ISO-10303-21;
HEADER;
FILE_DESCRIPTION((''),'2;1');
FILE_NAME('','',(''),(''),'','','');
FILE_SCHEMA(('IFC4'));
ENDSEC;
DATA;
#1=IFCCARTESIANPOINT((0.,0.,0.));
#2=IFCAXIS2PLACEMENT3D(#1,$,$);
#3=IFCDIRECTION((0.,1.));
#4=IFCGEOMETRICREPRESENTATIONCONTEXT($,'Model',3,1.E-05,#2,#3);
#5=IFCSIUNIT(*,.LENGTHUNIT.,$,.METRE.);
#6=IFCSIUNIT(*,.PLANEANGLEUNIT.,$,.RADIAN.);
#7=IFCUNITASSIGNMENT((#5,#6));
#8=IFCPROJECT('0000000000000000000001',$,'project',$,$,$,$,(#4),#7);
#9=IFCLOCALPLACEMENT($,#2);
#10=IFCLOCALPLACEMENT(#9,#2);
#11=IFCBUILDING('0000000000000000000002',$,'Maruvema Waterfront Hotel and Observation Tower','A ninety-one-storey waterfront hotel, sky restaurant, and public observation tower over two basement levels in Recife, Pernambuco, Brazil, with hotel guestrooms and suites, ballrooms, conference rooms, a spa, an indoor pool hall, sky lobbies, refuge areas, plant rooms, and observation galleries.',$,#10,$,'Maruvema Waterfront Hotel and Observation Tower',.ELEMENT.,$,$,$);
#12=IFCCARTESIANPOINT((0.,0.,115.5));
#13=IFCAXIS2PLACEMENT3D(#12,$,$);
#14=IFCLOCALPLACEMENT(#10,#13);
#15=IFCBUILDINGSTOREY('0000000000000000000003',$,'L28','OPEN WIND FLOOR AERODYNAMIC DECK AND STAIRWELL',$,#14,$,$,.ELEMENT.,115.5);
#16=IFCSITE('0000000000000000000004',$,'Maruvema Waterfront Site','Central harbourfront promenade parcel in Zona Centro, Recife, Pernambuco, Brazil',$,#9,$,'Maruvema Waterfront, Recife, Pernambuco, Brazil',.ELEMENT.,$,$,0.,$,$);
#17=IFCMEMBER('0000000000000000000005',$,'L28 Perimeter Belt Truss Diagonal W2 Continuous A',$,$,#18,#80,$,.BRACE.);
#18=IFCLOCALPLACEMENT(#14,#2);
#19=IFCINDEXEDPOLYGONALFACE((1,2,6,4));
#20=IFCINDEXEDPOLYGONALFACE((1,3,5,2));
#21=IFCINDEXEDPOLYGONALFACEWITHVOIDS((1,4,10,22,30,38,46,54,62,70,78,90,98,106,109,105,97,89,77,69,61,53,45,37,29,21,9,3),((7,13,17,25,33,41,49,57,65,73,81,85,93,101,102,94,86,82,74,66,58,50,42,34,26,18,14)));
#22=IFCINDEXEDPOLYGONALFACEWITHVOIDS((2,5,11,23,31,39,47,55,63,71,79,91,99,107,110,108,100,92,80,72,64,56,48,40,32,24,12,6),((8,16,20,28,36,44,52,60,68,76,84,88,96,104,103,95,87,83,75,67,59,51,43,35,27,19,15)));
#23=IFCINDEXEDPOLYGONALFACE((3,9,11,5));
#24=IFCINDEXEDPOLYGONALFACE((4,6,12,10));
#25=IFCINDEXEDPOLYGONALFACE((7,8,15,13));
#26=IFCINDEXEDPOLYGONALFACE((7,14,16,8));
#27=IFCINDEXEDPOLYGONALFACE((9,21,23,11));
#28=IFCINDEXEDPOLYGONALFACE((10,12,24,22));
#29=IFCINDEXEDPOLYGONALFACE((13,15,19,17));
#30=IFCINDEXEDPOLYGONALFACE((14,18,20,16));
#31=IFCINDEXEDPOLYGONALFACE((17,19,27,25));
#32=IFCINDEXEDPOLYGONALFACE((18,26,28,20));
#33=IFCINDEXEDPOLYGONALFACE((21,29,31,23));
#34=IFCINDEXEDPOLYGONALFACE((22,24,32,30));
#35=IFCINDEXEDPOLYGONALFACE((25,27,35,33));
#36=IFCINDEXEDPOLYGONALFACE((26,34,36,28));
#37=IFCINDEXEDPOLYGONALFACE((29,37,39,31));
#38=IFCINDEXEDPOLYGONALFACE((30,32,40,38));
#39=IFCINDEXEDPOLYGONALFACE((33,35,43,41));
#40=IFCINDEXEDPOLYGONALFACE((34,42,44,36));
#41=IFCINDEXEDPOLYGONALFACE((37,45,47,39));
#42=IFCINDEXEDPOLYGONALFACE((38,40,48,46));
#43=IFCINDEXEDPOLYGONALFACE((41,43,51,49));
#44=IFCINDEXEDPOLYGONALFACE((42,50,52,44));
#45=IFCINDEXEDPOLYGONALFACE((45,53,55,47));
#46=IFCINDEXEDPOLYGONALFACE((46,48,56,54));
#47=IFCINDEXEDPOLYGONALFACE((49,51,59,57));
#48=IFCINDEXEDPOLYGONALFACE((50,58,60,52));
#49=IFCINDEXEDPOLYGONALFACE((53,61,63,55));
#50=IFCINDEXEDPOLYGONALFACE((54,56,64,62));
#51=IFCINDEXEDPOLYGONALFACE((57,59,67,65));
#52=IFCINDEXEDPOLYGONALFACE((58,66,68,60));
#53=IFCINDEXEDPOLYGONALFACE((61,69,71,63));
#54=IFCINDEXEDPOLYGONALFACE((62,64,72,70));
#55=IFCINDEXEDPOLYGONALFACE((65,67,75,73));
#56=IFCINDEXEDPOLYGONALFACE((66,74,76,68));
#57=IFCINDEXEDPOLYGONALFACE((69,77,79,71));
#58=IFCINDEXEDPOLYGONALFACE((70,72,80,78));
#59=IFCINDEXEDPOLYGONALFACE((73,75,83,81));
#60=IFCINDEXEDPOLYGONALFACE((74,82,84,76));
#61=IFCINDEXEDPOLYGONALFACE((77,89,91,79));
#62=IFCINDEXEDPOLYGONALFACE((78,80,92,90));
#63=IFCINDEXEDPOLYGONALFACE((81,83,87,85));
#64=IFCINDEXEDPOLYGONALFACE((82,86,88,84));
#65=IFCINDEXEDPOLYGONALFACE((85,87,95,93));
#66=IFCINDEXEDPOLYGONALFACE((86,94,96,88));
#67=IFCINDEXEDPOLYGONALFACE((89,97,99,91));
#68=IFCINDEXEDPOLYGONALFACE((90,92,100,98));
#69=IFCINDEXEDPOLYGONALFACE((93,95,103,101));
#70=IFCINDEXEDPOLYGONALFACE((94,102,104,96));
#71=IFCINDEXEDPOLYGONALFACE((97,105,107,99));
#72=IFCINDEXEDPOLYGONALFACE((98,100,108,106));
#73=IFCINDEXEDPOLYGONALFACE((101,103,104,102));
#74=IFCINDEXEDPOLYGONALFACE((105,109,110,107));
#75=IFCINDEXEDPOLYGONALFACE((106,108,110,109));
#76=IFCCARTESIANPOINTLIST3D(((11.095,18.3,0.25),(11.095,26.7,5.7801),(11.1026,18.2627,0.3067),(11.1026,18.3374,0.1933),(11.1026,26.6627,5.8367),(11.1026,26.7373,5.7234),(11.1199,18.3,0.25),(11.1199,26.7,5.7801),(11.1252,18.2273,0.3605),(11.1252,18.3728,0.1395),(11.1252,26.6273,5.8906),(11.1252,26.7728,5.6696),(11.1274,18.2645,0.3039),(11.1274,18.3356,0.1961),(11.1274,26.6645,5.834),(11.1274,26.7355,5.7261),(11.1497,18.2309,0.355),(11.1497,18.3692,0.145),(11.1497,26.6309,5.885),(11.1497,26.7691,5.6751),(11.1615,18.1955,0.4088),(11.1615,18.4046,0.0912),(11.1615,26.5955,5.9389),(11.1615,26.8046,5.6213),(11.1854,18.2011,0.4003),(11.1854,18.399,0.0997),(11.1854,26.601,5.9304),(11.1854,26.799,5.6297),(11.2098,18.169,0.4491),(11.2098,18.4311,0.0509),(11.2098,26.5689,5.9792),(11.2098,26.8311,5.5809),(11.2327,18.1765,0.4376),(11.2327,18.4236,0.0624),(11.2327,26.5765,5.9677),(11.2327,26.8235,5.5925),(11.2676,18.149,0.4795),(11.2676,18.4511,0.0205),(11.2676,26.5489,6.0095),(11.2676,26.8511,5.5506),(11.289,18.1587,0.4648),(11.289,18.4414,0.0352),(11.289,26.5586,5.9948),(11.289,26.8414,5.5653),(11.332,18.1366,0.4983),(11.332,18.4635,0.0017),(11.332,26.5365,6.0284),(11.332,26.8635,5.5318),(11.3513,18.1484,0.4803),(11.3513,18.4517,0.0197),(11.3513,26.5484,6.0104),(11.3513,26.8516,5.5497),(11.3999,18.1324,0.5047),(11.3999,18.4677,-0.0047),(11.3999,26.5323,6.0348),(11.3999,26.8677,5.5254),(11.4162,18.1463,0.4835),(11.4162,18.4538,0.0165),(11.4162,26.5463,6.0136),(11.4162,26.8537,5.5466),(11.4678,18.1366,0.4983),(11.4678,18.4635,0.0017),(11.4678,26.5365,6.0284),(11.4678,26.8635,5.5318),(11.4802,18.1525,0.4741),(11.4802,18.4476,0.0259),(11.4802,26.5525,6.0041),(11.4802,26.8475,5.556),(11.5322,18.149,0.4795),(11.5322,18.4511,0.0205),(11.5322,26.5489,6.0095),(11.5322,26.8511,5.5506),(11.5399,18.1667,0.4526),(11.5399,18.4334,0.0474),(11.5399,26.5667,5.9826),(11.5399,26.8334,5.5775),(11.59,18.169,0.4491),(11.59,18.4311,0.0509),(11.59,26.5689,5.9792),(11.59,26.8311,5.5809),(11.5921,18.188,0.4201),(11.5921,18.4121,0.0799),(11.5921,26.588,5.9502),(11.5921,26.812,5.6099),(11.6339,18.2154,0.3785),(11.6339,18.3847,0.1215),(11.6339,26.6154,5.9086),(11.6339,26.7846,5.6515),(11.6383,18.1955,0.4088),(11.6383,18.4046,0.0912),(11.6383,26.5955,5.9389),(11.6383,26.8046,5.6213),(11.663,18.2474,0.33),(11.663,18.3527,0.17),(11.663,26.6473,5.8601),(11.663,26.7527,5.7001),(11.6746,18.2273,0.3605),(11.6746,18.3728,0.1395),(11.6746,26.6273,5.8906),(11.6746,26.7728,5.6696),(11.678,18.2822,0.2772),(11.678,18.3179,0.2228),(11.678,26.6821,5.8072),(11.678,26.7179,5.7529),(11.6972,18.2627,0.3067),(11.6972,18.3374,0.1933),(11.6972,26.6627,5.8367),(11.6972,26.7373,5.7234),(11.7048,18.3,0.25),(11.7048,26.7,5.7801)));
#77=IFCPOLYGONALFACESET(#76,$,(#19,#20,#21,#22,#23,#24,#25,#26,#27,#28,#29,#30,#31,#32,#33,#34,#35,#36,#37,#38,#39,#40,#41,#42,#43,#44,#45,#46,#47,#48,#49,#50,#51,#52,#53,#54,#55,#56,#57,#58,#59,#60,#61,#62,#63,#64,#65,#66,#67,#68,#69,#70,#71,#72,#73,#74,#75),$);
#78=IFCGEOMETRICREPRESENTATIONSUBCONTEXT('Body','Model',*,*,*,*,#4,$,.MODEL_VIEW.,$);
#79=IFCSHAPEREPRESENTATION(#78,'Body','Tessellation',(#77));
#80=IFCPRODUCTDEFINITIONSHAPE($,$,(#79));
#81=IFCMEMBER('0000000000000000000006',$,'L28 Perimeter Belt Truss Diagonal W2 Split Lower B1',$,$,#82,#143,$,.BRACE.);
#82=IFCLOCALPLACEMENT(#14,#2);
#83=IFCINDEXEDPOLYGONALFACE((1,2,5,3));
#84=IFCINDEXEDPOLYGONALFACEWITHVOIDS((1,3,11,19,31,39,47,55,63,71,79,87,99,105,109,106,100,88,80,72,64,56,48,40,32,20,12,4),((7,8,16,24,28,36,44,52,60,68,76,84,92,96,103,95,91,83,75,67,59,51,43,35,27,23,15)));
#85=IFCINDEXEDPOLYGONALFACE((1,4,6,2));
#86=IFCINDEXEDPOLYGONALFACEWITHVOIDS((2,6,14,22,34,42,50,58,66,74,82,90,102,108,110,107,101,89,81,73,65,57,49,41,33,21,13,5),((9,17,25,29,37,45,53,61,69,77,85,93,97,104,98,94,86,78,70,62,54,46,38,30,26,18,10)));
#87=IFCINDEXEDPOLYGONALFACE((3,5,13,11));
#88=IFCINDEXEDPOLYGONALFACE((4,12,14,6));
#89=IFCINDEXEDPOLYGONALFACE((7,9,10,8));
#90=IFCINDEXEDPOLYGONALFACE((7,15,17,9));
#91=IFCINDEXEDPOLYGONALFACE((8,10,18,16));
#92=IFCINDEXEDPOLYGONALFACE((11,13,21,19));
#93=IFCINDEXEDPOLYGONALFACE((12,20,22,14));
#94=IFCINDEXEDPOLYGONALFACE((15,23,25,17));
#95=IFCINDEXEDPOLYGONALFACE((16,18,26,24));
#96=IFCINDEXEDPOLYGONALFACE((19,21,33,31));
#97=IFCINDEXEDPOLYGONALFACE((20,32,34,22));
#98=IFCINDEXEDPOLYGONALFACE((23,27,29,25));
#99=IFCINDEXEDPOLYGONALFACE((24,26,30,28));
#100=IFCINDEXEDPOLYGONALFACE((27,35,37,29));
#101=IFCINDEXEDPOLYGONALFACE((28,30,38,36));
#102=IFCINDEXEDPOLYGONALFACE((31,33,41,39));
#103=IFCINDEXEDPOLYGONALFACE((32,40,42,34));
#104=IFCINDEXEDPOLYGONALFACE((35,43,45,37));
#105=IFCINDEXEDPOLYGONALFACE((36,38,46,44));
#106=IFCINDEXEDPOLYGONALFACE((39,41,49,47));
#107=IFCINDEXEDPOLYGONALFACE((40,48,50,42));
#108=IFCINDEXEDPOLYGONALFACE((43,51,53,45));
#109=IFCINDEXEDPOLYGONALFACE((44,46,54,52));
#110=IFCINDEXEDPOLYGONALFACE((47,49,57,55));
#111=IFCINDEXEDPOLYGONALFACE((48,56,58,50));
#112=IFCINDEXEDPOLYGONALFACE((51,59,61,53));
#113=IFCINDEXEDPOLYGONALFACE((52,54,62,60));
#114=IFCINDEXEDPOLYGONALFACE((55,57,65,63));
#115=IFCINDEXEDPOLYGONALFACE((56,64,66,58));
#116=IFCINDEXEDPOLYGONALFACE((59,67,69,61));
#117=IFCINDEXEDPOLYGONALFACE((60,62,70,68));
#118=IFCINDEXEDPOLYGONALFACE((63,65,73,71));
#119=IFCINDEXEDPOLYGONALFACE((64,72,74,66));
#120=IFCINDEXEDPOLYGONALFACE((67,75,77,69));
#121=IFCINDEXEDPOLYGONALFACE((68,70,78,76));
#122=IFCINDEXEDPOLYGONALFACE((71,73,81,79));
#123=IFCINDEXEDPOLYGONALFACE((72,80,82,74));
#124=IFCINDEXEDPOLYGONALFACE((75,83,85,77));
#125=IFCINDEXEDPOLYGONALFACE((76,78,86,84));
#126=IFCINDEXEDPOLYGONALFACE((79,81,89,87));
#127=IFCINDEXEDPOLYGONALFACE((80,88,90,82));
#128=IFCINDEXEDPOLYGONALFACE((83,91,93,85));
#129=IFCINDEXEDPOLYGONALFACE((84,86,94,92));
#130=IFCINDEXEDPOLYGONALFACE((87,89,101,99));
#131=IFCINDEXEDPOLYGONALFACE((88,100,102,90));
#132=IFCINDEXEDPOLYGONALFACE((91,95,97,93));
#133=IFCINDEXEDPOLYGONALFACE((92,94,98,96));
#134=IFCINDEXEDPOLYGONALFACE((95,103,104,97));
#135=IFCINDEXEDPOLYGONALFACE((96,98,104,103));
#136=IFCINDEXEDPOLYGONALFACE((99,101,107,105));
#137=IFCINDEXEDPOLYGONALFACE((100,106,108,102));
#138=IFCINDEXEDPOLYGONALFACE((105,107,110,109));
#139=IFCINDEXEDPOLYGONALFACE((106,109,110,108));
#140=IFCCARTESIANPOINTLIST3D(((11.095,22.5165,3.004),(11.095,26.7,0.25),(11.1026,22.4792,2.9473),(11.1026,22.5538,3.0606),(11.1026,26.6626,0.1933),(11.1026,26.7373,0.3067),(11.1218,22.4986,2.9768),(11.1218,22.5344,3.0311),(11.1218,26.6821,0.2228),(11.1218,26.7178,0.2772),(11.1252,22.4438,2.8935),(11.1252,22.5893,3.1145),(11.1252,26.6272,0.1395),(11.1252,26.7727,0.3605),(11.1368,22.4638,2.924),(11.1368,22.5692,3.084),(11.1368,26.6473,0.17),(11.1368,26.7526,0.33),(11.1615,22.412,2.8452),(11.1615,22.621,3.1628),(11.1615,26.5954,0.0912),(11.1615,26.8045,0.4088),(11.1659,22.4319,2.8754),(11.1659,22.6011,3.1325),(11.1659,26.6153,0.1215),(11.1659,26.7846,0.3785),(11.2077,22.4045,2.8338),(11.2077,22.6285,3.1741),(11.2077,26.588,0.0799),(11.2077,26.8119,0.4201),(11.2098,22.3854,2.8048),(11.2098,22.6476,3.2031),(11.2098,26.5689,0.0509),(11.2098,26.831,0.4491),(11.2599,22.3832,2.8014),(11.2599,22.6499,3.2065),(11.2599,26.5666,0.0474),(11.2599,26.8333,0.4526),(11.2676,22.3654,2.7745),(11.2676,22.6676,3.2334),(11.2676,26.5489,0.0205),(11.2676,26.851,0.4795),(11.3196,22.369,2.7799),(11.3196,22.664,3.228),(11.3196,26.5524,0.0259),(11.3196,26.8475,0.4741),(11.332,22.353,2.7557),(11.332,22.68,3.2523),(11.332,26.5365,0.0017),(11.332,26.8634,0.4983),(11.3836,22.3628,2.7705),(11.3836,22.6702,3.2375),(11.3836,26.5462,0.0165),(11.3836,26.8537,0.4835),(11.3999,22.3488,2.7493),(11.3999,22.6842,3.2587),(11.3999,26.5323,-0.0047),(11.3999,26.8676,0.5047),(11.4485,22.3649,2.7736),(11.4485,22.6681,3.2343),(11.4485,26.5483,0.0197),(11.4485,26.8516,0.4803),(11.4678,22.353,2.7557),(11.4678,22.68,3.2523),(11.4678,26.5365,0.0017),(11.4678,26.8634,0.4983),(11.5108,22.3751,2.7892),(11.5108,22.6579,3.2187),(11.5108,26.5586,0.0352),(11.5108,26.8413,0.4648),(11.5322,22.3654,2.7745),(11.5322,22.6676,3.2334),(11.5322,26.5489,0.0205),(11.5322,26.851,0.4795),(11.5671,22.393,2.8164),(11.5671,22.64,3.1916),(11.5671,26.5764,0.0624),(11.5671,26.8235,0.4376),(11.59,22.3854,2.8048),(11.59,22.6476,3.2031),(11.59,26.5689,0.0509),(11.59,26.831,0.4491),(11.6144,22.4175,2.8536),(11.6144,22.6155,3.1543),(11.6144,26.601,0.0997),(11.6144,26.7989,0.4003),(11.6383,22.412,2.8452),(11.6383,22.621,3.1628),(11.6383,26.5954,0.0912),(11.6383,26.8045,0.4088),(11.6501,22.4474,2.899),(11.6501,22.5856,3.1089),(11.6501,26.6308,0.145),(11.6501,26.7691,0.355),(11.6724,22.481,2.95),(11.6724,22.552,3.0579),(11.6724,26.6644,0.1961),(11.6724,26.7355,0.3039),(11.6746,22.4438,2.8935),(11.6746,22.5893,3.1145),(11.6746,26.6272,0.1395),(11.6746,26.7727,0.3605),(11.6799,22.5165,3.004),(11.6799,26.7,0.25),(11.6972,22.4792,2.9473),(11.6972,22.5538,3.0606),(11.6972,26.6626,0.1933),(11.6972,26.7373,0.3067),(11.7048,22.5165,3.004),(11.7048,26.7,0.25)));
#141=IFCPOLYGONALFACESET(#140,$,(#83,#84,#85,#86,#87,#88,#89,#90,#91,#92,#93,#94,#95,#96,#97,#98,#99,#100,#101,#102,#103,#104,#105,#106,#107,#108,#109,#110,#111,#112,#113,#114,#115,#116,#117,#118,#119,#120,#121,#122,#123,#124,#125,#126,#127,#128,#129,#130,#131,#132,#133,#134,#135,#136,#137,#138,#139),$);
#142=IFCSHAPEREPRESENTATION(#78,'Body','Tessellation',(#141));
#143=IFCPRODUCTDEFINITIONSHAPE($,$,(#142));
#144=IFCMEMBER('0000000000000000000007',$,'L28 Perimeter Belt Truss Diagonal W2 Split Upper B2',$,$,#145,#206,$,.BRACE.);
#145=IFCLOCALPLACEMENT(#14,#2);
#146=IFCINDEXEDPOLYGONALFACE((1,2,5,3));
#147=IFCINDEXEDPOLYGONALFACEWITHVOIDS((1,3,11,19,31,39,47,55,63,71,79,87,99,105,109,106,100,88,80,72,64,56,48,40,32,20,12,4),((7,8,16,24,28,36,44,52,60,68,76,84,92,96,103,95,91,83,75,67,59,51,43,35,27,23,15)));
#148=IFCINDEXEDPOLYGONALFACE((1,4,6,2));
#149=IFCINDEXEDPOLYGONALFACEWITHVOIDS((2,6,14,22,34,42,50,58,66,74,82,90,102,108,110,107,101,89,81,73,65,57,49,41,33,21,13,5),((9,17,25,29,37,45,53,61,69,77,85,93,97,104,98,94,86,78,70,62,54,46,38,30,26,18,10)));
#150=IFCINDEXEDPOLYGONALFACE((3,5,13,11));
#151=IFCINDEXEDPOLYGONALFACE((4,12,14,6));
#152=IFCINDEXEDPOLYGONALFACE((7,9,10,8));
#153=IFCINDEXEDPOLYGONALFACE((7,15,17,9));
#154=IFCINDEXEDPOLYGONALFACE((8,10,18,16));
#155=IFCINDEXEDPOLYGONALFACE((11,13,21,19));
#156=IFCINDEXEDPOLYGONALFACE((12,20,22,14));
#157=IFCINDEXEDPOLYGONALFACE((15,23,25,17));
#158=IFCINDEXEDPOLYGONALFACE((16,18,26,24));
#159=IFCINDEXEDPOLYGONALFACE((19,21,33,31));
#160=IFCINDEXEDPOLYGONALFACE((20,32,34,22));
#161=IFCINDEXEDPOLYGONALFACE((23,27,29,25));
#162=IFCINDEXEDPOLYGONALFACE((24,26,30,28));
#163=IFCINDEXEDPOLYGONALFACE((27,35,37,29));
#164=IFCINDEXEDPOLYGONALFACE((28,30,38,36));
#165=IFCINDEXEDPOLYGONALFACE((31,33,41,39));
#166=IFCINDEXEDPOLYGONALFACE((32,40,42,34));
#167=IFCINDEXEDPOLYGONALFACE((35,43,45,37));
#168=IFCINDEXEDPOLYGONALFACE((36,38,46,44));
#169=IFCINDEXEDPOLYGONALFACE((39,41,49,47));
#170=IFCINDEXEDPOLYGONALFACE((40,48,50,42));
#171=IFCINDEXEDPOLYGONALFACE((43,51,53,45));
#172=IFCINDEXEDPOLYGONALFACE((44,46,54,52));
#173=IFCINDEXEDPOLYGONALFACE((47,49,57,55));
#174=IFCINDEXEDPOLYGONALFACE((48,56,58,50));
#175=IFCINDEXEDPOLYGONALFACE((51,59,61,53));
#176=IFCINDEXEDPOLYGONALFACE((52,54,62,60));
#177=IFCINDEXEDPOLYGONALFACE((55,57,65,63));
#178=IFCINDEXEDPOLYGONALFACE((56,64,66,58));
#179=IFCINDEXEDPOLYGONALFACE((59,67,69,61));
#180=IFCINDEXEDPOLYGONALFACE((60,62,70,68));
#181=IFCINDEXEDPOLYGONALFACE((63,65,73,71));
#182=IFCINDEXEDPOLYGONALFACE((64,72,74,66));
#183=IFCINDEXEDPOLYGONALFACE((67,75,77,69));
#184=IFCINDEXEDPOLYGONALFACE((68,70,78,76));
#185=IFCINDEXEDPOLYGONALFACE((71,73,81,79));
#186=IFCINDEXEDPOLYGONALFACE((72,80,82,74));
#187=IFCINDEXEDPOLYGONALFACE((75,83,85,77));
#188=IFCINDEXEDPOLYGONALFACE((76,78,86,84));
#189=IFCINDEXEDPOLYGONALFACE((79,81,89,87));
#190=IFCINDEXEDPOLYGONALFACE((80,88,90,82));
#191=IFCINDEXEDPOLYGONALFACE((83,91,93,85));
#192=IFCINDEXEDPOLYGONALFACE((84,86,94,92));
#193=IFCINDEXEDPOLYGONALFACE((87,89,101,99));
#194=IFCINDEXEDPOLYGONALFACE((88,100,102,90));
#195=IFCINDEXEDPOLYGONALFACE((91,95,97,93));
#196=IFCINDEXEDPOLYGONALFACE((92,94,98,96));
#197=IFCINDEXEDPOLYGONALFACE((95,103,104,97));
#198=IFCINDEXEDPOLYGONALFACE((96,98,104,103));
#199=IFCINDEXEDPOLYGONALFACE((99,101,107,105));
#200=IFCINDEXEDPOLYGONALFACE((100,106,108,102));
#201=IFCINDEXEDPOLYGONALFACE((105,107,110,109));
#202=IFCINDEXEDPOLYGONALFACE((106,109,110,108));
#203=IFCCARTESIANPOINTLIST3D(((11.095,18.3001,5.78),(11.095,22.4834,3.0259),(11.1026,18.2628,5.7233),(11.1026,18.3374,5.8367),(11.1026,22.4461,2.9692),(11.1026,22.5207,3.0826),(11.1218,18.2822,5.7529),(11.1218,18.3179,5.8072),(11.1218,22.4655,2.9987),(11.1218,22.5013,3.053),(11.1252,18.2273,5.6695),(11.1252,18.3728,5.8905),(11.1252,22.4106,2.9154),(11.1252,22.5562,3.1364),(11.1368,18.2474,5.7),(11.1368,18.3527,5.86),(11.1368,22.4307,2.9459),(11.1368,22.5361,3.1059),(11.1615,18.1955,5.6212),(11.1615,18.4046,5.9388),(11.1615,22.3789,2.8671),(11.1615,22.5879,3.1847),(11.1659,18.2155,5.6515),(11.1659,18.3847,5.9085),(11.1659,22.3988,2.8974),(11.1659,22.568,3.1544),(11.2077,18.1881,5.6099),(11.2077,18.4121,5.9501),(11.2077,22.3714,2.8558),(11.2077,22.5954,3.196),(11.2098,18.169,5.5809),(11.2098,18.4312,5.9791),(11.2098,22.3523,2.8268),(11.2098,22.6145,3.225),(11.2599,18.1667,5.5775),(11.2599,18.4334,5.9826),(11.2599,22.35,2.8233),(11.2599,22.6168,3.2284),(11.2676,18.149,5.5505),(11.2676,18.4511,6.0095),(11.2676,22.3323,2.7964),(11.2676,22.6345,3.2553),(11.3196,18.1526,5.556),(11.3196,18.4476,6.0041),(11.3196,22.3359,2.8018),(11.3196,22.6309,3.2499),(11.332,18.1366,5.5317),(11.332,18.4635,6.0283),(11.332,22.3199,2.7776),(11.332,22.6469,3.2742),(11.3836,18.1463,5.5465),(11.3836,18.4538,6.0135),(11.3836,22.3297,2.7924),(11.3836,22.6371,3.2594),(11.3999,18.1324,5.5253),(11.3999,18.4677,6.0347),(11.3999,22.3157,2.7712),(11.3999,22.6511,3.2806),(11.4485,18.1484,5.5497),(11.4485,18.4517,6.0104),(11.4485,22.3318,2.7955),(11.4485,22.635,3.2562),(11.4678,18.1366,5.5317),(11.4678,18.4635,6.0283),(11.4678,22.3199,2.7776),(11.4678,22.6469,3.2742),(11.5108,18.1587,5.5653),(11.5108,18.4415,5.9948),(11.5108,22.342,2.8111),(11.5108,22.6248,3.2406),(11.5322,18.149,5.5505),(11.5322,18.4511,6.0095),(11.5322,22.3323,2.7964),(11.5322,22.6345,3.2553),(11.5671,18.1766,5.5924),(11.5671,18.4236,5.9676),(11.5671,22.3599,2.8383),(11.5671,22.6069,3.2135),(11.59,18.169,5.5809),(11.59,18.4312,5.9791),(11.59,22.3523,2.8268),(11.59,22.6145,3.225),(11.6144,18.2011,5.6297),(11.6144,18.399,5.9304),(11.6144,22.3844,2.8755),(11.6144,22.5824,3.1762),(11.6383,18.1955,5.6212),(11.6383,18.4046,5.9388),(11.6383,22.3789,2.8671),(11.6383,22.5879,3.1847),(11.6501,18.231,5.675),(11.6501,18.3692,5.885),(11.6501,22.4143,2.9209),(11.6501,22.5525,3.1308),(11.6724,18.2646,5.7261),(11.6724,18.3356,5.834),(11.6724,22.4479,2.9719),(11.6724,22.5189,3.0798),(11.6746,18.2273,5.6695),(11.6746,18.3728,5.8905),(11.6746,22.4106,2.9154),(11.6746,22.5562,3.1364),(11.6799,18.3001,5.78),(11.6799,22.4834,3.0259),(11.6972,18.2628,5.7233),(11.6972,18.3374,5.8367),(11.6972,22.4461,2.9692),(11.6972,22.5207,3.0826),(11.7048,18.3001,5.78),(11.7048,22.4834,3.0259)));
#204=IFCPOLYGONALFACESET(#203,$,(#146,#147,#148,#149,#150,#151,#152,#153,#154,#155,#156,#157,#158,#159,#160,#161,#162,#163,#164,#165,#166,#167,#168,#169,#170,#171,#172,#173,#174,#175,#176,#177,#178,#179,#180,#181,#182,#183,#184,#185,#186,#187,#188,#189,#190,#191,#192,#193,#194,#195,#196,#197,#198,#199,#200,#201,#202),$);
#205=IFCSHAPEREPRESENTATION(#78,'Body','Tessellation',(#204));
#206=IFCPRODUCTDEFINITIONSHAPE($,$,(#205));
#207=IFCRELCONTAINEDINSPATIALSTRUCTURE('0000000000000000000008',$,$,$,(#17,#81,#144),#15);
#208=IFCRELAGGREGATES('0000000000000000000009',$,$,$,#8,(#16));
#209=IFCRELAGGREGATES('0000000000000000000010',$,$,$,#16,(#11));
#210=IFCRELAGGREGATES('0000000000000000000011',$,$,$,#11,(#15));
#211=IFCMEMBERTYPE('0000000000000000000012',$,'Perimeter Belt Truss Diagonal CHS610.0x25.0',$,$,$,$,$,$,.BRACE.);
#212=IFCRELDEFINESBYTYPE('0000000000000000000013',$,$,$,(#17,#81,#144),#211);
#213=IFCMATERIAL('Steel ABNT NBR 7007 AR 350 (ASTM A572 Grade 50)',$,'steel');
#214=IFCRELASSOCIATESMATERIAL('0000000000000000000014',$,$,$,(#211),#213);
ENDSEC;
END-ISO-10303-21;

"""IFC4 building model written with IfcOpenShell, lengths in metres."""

from ifc_helpers import new_model, si_unit, direction, frame, origin, origin_2d, place, context, subcontext, project, spatial, hollow_circle, extrude, material, material_profile, profile_set, type_object, element, save


model = new_model("IFC4")

# Units and contexts
model_context = context("Model", 3, precision=1e-05, world=origin(), true_north=direction((0.0, 1.0)))
body_context = subcontext(model_context, "Body", "Model", "MODEL_VIEW")
ifc_project = project(units=[si_unit("LENGTHUNIT", "METRE"), si_unit("PLANEANGLEUNIT", "RADIAN")], contexts=[model_context])

# Site, building, storey
site_placement = place(None, origin())
site = spatial("IfcSite", under=ifc_project, at=site_placement, Name="Maruvema Waterfront Site", Description="Central harbourfront promenade parcel in Zona Centro, Recife, Pernambuco, Brazil", LongName="Maruvema Waterfront, Recife, Pernambuco, Brazil", CompositionType="ELEMENT", RefElevation=0.0)
building_placement = place(site_placement, origin())
building = spatial("IfcBuilding", under=site, at=building_placement, Name="Maruvema Waterfront Hotel and Observation Tower", Description="A ninety-one-storey waterfront hotel, sky restaurant, and public observation tower over two basement levels in Recife, Pernambuco, Brazil, with hotel guestrooms and suites, ballrooms, conference rooms, a spa, an indoor pool hall, sky lobbies, refuge areas, plant rooms, and observation galleries.", LongName="Maruvema Waterfront Hotel and Observation Tower", CompositionType="ELEMENT")
storey_placement = place(building_placement, frame((0.0, 0.0, 115.5)))
storey = spatial("IfcBuildingStorey", under=building, at=storey_placement, Name="L28", Description="OPEN WIND FLOOR AERODYNAMIC DECK AND STAIRWELL", CompositionType="ELEMENT", Elevation=115.5)

# Members
ifc_material_1 = material(Name="Steel ABNT NBR 7007 AR 350 (ASTM A572 Grade 50)", Category="steel")
ifc_material_profile_1 = material_profile(ifc_material_1, hollow_circle(Radius=0.3049, WallThickness=0.0249, at=origin_2d()), Name="CHS610.0x25.0")
ifc_profile_set_1 = profile_set([ifc_material_profile_1], Name="Steel ABNT NBR 7007 AR 350 (ASTM A572 Grade 50)")
member_type_1 = type_object("IfcMemberType", Name="Perimeter Belt Truss Diagonal CHS610.0x25.0", PredefinedType="BRACE", material=ifc_profile_set_1)
member_1_placement = place(storey_placement, frame((11.3999, 18.3, 0.25), z_axis=(0.0, 0.835245, 0.549879), x_axis=(-1.0, 0.0, 0.0)))
element("IfcMember", 1, at=member_1_placement, inside=storey, type_object=member_type_1, Name="L28 Perimeter Belt Truss Diagonal W2 Continuous A", PredefinedType="BRACE", context=body_context, shape_type="SweptSolid", body=[
    extrude(hollow_circle(Radius=0.3049, WallThickness=0.0249, at=origin_2d()), origin(), (0.0, 0.0, 1.0), 10.0569),
])
for number, where, z_axis, x_axis, name in (
    (2, (11.3999, 26.7, 0.25), (0.0, -0.835261, 0.549854), (1.0, 0.0, 0.0), "L28 Perimeter Belt Truss Diagonal W2 Split Lower B1"),
    (3, (11.3999, 22.4834, 3.0259), (0.0, -0.835239, 0.549888), (1.0, 0.0, 0.0), "L28 Perimeter Belt Truss Diagonal W2 Split Upper B2"),
):
    element("IfcMember", number, at=place(storey_placement, frame(where, z_axis=z_axis, x_axis=x_axis)), inside=storey, type_object=member_type_1, Name=name, PredefinedType="BRACE", context=body_context, shape_type="SweptSolid", body=[
        extrude(hollow_circle(Radius=0.3049, WallThickness=0.0249, at=origin_2d()), origin(), (0.0, 0.0, 1.0), 5.0085),
    ])

save(model, "model.ifc")
